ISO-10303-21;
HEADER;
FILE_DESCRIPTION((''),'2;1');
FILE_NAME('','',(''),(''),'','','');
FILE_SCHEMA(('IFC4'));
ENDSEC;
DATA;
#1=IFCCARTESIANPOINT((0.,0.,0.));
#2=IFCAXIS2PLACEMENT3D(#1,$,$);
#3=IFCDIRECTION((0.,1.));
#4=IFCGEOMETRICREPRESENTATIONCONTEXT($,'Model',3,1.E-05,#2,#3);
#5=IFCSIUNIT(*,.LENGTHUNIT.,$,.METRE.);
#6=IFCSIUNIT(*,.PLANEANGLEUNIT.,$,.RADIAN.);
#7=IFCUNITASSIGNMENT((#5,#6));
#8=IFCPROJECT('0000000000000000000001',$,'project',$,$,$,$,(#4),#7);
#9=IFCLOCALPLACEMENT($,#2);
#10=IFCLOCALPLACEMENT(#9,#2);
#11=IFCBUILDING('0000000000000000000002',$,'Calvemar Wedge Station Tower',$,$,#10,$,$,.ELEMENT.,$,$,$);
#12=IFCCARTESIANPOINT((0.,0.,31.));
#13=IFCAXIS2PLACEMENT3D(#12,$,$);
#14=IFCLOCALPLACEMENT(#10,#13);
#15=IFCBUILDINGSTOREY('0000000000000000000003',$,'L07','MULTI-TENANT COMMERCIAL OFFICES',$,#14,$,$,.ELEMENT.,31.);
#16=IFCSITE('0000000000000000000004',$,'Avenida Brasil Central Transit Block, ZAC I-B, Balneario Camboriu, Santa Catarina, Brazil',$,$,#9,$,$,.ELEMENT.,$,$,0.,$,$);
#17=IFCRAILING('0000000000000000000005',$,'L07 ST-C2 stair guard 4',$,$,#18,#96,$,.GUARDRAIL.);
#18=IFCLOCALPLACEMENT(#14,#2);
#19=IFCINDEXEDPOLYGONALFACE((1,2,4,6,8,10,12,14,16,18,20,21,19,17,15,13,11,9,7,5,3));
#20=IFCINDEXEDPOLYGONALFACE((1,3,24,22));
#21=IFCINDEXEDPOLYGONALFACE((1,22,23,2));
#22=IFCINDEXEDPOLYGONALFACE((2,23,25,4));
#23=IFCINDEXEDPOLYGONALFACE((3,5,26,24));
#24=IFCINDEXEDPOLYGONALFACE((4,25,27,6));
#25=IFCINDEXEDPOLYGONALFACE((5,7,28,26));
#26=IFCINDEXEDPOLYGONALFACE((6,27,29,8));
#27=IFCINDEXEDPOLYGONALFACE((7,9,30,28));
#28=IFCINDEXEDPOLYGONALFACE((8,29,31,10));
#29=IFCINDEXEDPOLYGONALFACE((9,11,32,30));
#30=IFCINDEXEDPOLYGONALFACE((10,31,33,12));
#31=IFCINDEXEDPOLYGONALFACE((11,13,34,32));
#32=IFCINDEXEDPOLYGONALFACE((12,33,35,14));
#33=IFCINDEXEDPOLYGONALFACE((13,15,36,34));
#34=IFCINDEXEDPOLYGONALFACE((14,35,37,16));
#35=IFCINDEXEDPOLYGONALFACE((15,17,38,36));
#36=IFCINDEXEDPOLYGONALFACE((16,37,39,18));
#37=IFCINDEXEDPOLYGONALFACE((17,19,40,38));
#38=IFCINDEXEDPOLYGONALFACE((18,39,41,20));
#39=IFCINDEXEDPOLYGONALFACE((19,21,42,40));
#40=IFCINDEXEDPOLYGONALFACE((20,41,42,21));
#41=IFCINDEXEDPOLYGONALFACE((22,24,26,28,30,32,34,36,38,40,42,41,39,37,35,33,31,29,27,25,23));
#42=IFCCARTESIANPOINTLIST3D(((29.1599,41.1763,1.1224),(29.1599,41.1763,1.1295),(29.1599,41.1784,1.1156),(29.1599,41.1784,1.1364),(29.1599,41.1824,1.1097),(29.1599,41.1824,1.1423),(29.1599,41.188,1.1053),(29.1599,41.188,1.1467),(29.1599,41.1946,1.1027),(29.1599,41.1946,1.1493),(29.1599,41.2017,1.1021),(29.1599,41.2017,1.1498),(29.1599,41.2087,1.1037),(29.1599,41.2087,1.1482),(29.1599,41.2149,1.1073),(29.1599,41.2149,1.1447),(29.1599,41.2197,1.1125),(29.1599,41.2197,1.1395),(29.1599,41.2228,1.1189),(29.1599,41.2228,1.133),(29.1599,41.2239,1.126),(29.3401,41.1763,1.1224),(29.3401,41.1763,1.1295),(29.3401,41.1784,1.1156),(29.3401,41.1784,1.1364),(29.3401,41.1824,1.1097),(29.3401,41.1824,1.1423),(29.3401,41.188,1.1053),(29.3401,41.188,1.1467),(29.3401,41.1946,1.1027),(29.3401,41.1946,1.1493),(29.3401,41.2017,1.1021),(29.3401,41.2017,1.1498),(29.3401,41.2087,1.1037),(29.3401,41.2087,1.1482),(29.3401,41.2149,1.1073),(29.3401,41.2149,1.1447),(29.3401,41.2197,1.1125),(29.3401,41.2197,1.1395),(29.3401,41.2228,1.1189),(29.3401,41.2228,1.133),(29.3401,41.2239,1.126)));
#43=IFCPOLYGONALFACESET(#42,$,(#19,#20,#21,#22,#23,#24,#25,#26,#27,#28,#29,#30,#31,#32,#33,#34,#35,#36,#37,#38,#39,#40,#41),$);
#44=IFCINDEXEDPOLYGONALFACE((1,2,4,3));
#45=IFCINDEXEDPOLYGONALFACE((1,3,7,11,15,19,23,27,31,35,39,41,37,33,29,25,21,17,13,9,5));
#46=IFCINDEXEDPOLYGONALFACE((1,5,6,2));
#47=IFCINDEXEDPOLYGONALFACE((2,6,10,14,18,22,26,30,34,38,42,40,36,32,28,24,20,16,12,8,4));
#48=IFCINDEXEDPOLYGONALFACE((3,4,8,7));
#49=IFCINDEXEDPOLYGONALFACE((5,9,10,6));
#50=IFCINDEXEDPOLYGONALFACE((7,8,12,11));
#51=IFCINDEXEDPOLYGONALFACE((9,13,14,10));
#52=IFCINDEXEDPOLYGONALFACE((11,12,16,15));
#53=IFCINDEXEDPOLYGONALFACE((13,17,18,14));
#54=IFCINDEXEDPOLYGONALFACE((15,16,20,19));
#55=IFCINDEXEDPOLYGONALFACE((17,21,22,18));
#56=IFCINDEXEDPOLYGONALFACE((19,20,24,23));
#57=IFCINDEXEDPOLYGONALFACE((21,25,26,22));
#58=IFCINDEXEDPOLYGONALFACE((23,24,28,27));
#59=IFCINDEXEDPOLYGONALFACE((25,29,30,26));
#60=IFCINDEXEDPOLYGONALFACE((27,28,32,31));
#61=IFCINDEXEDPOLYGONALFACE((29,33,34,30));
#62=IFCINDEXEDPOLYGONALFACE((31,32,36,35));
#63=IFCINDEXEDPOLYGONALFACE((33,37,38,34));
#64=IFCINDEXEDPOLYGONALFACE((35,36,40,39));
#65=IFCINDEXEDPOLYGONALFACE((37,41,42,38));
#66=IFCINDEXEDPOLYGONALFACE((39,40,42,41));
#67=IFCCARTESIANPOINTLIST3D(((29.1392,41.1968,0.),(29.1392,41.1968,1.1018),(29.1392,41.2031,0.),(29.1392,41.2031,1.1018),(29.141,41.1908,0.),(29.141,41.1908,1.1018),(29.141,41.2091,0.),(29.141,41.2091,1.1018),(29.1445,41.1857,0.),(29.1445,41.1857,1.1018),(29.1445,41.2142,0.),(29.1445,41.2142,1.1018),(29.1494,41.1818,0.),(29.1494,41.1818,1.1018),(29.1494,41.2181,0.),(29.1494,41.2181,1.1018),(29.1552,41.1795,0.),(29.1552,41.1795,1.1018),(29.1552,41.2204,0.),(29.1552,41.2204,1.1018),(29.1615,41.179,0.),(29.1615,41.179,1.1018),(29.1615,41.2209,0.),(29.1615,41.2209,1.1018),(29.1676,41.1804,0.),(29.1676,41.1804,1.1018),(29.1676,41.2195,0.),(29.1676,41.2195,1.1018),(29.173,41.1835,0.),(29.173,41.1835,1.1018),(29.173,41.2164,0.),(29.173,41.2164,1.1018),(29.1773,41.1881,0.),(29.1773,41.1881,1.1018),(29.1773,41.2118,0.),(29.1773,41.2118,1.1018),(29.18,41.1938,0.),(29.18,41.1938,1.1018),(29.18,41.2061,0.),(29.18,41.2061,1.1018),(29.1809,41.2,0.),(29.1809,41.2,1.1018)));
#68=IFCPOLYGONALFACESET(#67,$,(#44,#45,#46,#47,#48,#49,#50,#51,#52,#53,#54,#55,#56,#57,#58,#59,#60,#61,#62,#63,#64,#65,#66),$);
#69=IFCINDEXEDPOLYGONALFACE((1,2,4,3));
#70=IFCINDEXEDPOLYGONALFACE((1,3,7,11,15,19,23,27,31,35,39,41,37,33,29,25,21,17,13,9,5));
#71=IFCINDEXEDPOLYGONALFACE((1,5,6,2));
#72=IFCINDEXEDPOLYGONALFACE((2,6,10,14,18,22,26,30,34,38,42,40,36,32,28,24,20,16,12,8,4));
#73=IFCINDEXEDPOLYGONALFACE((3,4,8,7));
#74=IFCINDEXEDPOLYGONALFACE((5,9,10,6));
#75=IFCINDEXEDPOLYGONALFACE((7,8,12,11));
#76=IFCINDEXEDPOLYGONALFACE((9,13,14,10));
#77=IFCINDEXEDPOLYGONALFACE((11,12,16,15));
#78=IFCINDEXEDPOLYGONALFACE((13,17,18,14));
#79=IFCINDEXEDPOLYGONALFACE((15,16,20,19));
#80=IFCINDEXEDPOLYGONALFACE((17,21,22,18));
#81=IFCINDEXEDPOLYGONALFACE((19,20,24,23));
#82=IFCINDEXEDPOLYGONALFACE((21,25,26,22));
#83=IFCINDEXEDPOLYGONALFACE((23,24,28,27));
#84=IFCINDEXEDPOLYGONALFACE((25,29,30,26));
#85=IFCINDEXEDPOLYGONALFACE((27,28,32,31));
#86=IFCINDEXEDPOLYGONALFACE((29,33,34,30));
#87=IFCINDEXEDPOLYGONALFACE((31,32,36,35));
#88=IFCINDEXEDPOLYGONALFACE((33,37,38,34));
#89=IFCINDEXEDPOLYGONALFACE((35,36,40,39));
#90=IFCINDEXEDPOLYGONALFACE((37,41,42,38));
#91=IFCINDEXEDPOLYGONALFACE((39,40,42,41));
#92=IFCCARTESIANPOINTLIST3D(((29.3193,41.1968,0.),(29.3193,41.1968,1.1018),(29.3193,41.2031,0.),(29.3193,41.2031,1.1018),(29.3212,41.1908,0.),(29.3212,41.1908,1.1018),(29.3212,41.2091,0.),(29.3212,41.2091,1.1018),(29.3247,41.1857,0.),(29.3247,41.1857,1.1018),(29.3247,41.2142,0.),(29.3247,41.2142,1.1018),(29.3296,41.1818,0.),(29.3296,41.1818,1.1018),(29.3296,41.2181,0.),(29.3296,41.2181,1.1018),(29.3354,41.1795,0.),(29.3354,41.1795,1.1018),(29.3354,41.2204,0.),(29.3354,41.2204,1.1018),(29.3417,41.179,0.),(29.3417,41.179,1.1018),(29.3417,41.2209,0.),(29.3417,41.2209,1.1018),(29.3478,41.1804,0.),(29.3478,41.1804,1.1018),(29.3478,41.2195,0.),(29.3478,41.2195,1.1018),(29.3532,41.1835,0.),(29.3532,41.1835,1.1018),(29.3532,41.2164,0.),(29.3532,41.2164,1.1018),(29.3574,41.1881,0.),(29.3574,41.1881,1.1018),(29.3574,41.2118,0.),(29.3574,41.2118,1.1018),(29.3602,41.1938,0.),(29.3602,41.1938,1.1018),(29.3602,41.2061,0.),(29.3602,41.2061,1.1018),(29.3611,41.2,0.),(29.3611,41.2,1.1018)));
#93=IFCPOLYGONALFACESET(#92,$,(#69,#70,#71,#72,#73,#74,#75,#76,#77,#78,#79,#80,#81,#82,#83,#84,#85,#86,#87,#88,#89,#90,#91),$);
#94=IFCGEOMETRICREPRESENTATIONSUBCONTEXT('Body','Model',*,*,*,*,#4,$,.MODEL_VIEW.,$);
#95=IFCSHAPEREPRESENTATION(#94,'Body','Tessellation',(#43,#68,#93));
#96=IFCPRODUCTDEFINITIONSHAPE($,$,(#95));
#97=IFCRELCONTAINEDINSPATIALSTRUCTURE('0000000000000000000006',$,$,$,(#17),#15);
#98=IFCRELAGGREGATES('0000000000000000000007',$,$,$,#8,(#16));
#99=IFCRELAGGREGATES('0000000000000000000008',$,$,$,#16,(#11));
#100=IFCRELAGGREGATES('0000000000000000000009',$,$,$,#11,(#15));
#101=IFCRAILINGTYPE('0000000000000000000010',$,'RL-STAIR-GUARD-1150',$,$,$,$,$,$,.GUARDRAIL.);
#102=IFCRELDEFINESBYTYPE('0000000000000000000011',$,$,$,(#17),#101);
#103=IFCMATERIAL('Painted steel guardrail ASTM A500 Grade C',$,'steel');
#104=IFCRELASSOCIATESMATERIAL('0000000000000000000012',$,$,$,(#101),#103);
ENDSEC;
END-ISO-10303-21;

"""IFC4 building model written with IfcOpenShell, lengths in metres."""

from ifc_helpers import new_model, si_unit, direction, frame, origin, origin_2d, place, context, subcontext, project, spatial, circle, extrude, material, type_object, element, save


model = new_model("IFC4")

# Units and contexts
model_context = context("Model", 3, precision=1e-05, world=origin(), true_north=direction((0.0, 1.0)))
body_context = subcontext(model_context, "Body", "Model", "MODEL_VIEW")
ifc_project = project(units=[si_unit("LENGTHUNIT", "METRE"), si_unit("PLANEANGLEUNIT", "RADIAN")], contexts=[model_context])

# Site, building, storey
site_placement = place(None, origin())
site = spatial("IfcSite", under=ifc_project, at=site_placement, Name="Avenida Brasil Central Transit Block, ZAC I-B, Balneario Camboriu, Santa Catarina, Brazil", CompositionType="ELEMENT", RefElevation=0.0)
building_placement = place(site_placement, origin())
building = spatial("IfcBuilding", under=site, at=building_placement, Name="Calvemar Wedge Station Tower", CompositionType="ELEMENT")
storey_placement = place(building_placement, frame((0.0, 0.0, 31.0)))
storey = spatial("IfcBuildingStorey", under=building, at=storey_placement, Name="L07", Description="MULTI-TENANT COMMERCIAL OFFICES", CompositionType="ELEMENT", Elevation=31.0)

# Railing
ifc_material_1 = material(Name="Painted steel guardrail ASTM A500 Grade C", Category="steel")
railing_type_1 = type_object("IfcRailingType", Name="RL-STAIR-GUARD-1150", PredefinedType="GUARDRAIL", material=ifc_material_1)
railing_1_placement = place(storey_placement, frame((29.1599, 41.2, 0.0)))
element("IfcRailing", 1, at=railing_1_placement, inside=storey, type_object=railing_type_1, Name="L07 ST-C2 stair guard 4", PredefinedType="GUARDRAIL", context=body_context, shape_type="SweptSolid", body=[
    extrude(circle(Radius=0.0239, at=origin_2d()), frame((0.0, 0.0, 1.126), z_axis=(1.0, 0.0, 0.0), x_axis=(0.0, 1.0, 0.0)), (0.0, 0.0, 1.0), 0.1802),
    extrude(circle(Radius=0.021, at=origin_2d()), origin(), (0.0, 0.0, 1.0), 1.1018),
    extrude(circle(Radius=0.021, at=origin_2d()), frame((0.1802, 0.0, 0.0)), (0.0, 0.0, 1.0), 1.1018),
])

save(model, "model.ifc")
